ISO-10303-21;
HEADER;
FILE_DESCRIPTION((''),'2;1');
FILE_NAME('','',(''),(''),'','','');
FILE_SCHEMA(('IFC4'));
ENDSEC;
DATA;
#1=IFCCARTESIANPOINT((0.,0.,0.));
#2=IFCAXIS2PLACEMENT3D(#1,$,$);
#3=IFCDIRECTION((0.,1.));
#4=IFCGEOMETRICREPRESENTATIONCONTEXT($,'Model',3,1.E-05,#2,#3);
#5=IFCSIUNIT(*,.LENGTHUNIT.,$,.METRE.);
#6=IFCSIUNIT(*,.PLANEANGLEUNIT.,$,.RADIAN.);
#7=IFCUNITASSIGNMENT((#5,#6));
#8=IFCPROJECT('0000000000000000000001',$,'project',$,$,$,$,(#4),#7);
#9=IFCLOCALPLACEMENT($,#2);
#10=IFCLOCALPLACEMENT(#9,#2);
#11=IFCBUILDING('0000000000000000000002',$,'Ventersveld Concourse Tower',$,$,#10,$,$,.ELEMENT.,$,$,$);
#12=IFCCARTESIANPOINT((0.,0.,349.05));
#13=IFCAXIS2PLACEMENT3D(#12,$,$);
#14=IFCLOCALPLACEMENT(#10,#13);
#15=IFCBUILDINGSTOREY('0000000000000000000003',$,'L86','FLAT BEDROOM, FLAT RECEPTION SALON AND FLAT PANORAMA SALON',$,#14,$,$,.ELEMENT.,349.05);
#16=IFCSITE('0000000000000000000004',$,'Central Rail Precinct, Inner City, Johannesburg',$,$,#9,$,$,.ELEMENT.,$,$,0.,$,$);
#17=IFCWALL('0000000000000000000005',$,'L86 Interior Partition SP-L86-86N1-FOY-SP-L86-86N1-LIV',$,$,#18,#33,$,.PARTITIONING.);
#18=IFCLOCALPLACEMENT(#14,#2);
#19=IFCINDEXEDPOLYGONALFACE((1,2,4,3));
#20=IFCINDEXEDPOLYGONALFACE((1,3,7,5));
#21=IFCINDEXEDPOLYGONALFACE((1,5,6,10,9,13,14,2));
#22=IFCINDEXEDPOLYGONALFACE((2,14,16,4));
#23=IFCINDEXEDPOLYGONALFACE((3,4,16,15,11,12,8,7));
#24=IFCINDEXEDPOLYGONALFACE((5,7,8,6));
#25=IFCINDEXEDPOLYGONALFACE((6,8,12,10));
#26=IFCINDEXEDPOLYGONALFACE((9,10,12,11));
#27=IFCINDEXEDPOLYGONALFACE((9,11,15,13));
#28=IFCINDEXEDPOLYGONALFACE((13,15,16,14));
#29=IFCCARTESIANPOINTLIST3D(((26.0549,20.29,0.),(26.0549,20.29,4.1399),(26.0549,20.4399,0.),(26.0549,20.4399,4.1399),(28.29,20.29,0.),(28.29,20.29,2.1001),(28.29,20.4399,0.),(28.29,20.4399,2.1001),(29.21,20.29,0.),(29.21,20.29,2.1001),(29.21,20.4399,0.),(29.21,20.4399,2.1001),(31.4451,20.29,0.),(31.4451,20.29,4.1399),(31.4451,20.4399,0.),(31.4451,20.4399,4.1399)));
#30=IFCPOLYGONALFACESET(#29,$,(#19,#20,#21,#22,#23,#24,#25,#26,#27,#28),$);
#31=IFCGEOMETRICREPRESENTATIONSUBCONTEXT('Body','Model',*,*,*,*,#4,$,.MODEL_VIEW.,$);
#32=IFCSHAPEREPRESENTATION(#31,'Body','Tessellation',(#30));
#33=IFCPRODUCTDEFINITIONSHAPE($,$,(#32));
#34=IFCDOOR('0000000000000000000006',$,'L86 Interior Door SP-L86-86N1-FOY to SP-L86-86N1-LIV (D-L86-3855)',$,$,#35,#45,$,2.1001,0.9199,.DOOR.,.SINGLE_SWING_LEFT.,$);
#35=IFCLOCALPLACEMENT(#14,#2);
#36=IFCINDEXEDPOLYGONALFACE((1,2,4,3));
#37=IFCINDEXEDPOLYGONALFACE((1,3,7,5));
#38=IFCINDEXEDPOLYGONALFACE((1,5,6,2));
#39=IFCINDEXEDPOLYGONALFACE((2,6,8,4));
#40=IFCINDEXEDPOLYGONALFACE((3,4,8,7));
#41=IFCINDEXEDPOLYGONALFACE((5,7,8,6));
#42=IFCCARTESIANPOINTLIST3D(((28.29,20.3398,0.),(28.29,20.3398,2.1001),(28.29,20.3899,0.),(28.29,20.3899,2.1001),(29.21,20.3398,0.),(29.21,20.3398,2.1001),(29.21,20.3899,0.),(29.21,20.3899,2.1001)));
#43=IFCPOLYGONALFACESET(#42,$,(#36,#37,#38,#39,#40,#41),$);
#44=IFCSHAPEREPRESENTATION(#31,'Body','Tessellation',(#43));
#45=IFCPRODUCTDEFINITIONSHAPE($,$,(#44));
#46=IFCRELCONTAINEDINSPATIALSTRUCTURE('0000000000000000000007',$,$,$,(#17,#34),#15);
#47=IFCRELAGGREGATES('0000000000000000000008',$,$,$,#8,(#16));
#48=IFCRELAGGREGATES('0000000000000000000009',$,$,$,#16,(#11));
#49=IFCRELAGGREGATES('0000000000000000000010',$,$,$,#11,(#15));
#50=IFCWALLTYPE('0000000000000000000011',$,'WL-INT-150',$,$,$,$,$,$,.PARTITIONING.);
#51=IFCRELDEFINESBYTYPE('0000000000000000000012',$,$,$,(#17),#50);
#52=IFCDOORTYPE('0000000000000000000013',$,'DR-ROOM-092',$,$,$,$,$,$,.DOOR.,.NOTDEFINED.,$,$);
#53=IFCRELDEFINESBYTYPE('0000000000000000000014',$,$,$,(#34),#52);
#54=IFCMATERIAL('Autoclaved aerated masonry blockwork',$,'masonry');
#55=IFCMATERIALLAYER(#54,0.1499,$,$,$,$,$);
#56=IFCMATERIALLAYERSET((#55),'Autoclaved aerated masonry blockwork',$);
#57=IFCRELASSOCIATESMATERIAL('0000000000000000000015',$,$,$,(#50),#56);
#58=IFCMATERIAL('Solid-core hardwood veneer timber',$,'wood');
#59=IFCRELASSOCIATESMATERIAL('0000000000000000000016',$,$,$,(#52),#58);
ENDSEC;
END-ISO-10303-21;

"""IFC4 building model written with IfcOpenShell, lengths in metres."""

from ifc_helpers import new_model, si_unit, direction, frame, frame_2d, origin, place, context, subcontext, project, spatial, rectangle, extrude, material, layer, layer_set, type_object, element, fill, save


model = new_model("IFC4")

# Units and contexts
model_context = context("Model", 3, precision=1e-05, world=origin(), true_north=direction((0.0, 1.0)))
body_context = subcontext(model_context, "Body", "Model", "MODEL_VIEW")
ifc_project = project(units=[si_unit("LENGTHUNIT", "METRE"), si_unit("PLANEANGLEUNIT", "RADIAN")], contexts=[model_context])

# Site, building, storey
site_placement = place(None, origin())
site = spatial("IfcSite", under=ifc_project, at=site_placement, Name="Central Rail Precinct, Inner City, Johannesburg", CompositionType="ELEMENT", RefElevation=0.0)
building_placement = place(site_placement, origin())
building = spatial("IfcBuilding", under=site, at=building_placement, Name="Ventersveld Concourse Tower", CompositionType="ELEMENT")
storey_placement = place(building_placement, frame((0.0, 0.0, 349.05)))
storey = spatial("IfcBuildingStorey", under=building, at=storey_placement, Name="L86", Description="FLAT BEDROOM, FLAT RECEPTION SALON AND FLAT PANORAMA SALON", CompositionType="ELEMENT", Elevation=349.05)

# Shared definitions
ifc_material_1 = material(Name="Solid-core hardwood veneer timber", Category="wood")
ifc_material_2 = material(Name="Autoclaved aerated masonry blockwork", Category="masonry")
ifc_layer_1 = layer(ifc_material_2, 0.1499)
ifc_layer_set_1 = layer_set([ifc_layer_1], Name="Autoclaved aerated masonry blockwork")
wall_type_1 = type_object("IfcWallType", Name="WL-INT-150", PredefinedType="PARTITIONING", material=ifc_layer_set_1)
door_type_1 = type_object("IfcDoorType", Name="DR-ROOM-092", OperationType="NOTDEFINED", PredefinedType="DOOR", material=ifc_material_1)

# Wall, opening, door
wall_1_placement = place(storey_placement, frame((26.0549, 20.365, 0.0), z_axis=(0.0, 0.0, 1.0), x_axis=(1.0, 0.0, 0.0)))
wall_1 = element("IfcWall", 1, at=wall_1_placement, inside=storey, type_object=wall_type_1, Name="L86 Interior Partition SP-L86-86N1-FOY-SP-L86-86N1-LIV", PredefinedType="PARTITIONING", context=body_context, shape_type="SweptSolid", body=[
    extrude(rectangle(XDim=5.3901, YDim=0.1499, at=frame_2d((2.6951, 0.0))), origin(), (0.0, 0.0, 1.0), 4.1399),
])
opening_1_placement = place(wall_1_placement, frame((2.2351, 0.0, 0.0)))
opening_1 = element("IfcOpeningElement", 2, at=opening_1_placement, cuts=wall_1, PredefinedType="OPENING", context=body_context, shape_type="SweptSolid", body=[
    extrude(rectangle(XDim=0.9199, YDim=2.1001, at=frame_2d((0.46, 1.05))), frame((0.0, 0.085, 0.0), z_axis=(0.0, -1.0, 0.0), x_axis=(1.0, 0.0, 0.0)), (0.0, 0.0, 1.0), 0.1699),
])
door_1_placement = place(opening_1_placement, origin())
door_1 = element("IfcDoor", 3, at=door_1_placement, inside=storey, type_object=door_type_1, Name="L86 Interior Door SP-L86-86N1-FOY to SP-L86-86N1-LIV (D-L86-3855)", OperationType="SINGLE_SWING_LEFT", OverallHeight=2.1001, OverallWidth=0.9199, PredefinedType="DOOR", context=body_context, shape_type="SweptSolid", body=[
    extrude(rectangle(XDim=0.9199, YDim=2.1001, at=frame_2d((0.46, 1.05))), frame((0.0, 0.0249, 0.0), z_axis=(0.0, -1.0, 0.0), x_axis=(1.0, 0.0, 0.0)), (0.0, 0.0, 1.0), 0.05),
])
fill(opening_1, door_1)

save(model, "model.ifc")
